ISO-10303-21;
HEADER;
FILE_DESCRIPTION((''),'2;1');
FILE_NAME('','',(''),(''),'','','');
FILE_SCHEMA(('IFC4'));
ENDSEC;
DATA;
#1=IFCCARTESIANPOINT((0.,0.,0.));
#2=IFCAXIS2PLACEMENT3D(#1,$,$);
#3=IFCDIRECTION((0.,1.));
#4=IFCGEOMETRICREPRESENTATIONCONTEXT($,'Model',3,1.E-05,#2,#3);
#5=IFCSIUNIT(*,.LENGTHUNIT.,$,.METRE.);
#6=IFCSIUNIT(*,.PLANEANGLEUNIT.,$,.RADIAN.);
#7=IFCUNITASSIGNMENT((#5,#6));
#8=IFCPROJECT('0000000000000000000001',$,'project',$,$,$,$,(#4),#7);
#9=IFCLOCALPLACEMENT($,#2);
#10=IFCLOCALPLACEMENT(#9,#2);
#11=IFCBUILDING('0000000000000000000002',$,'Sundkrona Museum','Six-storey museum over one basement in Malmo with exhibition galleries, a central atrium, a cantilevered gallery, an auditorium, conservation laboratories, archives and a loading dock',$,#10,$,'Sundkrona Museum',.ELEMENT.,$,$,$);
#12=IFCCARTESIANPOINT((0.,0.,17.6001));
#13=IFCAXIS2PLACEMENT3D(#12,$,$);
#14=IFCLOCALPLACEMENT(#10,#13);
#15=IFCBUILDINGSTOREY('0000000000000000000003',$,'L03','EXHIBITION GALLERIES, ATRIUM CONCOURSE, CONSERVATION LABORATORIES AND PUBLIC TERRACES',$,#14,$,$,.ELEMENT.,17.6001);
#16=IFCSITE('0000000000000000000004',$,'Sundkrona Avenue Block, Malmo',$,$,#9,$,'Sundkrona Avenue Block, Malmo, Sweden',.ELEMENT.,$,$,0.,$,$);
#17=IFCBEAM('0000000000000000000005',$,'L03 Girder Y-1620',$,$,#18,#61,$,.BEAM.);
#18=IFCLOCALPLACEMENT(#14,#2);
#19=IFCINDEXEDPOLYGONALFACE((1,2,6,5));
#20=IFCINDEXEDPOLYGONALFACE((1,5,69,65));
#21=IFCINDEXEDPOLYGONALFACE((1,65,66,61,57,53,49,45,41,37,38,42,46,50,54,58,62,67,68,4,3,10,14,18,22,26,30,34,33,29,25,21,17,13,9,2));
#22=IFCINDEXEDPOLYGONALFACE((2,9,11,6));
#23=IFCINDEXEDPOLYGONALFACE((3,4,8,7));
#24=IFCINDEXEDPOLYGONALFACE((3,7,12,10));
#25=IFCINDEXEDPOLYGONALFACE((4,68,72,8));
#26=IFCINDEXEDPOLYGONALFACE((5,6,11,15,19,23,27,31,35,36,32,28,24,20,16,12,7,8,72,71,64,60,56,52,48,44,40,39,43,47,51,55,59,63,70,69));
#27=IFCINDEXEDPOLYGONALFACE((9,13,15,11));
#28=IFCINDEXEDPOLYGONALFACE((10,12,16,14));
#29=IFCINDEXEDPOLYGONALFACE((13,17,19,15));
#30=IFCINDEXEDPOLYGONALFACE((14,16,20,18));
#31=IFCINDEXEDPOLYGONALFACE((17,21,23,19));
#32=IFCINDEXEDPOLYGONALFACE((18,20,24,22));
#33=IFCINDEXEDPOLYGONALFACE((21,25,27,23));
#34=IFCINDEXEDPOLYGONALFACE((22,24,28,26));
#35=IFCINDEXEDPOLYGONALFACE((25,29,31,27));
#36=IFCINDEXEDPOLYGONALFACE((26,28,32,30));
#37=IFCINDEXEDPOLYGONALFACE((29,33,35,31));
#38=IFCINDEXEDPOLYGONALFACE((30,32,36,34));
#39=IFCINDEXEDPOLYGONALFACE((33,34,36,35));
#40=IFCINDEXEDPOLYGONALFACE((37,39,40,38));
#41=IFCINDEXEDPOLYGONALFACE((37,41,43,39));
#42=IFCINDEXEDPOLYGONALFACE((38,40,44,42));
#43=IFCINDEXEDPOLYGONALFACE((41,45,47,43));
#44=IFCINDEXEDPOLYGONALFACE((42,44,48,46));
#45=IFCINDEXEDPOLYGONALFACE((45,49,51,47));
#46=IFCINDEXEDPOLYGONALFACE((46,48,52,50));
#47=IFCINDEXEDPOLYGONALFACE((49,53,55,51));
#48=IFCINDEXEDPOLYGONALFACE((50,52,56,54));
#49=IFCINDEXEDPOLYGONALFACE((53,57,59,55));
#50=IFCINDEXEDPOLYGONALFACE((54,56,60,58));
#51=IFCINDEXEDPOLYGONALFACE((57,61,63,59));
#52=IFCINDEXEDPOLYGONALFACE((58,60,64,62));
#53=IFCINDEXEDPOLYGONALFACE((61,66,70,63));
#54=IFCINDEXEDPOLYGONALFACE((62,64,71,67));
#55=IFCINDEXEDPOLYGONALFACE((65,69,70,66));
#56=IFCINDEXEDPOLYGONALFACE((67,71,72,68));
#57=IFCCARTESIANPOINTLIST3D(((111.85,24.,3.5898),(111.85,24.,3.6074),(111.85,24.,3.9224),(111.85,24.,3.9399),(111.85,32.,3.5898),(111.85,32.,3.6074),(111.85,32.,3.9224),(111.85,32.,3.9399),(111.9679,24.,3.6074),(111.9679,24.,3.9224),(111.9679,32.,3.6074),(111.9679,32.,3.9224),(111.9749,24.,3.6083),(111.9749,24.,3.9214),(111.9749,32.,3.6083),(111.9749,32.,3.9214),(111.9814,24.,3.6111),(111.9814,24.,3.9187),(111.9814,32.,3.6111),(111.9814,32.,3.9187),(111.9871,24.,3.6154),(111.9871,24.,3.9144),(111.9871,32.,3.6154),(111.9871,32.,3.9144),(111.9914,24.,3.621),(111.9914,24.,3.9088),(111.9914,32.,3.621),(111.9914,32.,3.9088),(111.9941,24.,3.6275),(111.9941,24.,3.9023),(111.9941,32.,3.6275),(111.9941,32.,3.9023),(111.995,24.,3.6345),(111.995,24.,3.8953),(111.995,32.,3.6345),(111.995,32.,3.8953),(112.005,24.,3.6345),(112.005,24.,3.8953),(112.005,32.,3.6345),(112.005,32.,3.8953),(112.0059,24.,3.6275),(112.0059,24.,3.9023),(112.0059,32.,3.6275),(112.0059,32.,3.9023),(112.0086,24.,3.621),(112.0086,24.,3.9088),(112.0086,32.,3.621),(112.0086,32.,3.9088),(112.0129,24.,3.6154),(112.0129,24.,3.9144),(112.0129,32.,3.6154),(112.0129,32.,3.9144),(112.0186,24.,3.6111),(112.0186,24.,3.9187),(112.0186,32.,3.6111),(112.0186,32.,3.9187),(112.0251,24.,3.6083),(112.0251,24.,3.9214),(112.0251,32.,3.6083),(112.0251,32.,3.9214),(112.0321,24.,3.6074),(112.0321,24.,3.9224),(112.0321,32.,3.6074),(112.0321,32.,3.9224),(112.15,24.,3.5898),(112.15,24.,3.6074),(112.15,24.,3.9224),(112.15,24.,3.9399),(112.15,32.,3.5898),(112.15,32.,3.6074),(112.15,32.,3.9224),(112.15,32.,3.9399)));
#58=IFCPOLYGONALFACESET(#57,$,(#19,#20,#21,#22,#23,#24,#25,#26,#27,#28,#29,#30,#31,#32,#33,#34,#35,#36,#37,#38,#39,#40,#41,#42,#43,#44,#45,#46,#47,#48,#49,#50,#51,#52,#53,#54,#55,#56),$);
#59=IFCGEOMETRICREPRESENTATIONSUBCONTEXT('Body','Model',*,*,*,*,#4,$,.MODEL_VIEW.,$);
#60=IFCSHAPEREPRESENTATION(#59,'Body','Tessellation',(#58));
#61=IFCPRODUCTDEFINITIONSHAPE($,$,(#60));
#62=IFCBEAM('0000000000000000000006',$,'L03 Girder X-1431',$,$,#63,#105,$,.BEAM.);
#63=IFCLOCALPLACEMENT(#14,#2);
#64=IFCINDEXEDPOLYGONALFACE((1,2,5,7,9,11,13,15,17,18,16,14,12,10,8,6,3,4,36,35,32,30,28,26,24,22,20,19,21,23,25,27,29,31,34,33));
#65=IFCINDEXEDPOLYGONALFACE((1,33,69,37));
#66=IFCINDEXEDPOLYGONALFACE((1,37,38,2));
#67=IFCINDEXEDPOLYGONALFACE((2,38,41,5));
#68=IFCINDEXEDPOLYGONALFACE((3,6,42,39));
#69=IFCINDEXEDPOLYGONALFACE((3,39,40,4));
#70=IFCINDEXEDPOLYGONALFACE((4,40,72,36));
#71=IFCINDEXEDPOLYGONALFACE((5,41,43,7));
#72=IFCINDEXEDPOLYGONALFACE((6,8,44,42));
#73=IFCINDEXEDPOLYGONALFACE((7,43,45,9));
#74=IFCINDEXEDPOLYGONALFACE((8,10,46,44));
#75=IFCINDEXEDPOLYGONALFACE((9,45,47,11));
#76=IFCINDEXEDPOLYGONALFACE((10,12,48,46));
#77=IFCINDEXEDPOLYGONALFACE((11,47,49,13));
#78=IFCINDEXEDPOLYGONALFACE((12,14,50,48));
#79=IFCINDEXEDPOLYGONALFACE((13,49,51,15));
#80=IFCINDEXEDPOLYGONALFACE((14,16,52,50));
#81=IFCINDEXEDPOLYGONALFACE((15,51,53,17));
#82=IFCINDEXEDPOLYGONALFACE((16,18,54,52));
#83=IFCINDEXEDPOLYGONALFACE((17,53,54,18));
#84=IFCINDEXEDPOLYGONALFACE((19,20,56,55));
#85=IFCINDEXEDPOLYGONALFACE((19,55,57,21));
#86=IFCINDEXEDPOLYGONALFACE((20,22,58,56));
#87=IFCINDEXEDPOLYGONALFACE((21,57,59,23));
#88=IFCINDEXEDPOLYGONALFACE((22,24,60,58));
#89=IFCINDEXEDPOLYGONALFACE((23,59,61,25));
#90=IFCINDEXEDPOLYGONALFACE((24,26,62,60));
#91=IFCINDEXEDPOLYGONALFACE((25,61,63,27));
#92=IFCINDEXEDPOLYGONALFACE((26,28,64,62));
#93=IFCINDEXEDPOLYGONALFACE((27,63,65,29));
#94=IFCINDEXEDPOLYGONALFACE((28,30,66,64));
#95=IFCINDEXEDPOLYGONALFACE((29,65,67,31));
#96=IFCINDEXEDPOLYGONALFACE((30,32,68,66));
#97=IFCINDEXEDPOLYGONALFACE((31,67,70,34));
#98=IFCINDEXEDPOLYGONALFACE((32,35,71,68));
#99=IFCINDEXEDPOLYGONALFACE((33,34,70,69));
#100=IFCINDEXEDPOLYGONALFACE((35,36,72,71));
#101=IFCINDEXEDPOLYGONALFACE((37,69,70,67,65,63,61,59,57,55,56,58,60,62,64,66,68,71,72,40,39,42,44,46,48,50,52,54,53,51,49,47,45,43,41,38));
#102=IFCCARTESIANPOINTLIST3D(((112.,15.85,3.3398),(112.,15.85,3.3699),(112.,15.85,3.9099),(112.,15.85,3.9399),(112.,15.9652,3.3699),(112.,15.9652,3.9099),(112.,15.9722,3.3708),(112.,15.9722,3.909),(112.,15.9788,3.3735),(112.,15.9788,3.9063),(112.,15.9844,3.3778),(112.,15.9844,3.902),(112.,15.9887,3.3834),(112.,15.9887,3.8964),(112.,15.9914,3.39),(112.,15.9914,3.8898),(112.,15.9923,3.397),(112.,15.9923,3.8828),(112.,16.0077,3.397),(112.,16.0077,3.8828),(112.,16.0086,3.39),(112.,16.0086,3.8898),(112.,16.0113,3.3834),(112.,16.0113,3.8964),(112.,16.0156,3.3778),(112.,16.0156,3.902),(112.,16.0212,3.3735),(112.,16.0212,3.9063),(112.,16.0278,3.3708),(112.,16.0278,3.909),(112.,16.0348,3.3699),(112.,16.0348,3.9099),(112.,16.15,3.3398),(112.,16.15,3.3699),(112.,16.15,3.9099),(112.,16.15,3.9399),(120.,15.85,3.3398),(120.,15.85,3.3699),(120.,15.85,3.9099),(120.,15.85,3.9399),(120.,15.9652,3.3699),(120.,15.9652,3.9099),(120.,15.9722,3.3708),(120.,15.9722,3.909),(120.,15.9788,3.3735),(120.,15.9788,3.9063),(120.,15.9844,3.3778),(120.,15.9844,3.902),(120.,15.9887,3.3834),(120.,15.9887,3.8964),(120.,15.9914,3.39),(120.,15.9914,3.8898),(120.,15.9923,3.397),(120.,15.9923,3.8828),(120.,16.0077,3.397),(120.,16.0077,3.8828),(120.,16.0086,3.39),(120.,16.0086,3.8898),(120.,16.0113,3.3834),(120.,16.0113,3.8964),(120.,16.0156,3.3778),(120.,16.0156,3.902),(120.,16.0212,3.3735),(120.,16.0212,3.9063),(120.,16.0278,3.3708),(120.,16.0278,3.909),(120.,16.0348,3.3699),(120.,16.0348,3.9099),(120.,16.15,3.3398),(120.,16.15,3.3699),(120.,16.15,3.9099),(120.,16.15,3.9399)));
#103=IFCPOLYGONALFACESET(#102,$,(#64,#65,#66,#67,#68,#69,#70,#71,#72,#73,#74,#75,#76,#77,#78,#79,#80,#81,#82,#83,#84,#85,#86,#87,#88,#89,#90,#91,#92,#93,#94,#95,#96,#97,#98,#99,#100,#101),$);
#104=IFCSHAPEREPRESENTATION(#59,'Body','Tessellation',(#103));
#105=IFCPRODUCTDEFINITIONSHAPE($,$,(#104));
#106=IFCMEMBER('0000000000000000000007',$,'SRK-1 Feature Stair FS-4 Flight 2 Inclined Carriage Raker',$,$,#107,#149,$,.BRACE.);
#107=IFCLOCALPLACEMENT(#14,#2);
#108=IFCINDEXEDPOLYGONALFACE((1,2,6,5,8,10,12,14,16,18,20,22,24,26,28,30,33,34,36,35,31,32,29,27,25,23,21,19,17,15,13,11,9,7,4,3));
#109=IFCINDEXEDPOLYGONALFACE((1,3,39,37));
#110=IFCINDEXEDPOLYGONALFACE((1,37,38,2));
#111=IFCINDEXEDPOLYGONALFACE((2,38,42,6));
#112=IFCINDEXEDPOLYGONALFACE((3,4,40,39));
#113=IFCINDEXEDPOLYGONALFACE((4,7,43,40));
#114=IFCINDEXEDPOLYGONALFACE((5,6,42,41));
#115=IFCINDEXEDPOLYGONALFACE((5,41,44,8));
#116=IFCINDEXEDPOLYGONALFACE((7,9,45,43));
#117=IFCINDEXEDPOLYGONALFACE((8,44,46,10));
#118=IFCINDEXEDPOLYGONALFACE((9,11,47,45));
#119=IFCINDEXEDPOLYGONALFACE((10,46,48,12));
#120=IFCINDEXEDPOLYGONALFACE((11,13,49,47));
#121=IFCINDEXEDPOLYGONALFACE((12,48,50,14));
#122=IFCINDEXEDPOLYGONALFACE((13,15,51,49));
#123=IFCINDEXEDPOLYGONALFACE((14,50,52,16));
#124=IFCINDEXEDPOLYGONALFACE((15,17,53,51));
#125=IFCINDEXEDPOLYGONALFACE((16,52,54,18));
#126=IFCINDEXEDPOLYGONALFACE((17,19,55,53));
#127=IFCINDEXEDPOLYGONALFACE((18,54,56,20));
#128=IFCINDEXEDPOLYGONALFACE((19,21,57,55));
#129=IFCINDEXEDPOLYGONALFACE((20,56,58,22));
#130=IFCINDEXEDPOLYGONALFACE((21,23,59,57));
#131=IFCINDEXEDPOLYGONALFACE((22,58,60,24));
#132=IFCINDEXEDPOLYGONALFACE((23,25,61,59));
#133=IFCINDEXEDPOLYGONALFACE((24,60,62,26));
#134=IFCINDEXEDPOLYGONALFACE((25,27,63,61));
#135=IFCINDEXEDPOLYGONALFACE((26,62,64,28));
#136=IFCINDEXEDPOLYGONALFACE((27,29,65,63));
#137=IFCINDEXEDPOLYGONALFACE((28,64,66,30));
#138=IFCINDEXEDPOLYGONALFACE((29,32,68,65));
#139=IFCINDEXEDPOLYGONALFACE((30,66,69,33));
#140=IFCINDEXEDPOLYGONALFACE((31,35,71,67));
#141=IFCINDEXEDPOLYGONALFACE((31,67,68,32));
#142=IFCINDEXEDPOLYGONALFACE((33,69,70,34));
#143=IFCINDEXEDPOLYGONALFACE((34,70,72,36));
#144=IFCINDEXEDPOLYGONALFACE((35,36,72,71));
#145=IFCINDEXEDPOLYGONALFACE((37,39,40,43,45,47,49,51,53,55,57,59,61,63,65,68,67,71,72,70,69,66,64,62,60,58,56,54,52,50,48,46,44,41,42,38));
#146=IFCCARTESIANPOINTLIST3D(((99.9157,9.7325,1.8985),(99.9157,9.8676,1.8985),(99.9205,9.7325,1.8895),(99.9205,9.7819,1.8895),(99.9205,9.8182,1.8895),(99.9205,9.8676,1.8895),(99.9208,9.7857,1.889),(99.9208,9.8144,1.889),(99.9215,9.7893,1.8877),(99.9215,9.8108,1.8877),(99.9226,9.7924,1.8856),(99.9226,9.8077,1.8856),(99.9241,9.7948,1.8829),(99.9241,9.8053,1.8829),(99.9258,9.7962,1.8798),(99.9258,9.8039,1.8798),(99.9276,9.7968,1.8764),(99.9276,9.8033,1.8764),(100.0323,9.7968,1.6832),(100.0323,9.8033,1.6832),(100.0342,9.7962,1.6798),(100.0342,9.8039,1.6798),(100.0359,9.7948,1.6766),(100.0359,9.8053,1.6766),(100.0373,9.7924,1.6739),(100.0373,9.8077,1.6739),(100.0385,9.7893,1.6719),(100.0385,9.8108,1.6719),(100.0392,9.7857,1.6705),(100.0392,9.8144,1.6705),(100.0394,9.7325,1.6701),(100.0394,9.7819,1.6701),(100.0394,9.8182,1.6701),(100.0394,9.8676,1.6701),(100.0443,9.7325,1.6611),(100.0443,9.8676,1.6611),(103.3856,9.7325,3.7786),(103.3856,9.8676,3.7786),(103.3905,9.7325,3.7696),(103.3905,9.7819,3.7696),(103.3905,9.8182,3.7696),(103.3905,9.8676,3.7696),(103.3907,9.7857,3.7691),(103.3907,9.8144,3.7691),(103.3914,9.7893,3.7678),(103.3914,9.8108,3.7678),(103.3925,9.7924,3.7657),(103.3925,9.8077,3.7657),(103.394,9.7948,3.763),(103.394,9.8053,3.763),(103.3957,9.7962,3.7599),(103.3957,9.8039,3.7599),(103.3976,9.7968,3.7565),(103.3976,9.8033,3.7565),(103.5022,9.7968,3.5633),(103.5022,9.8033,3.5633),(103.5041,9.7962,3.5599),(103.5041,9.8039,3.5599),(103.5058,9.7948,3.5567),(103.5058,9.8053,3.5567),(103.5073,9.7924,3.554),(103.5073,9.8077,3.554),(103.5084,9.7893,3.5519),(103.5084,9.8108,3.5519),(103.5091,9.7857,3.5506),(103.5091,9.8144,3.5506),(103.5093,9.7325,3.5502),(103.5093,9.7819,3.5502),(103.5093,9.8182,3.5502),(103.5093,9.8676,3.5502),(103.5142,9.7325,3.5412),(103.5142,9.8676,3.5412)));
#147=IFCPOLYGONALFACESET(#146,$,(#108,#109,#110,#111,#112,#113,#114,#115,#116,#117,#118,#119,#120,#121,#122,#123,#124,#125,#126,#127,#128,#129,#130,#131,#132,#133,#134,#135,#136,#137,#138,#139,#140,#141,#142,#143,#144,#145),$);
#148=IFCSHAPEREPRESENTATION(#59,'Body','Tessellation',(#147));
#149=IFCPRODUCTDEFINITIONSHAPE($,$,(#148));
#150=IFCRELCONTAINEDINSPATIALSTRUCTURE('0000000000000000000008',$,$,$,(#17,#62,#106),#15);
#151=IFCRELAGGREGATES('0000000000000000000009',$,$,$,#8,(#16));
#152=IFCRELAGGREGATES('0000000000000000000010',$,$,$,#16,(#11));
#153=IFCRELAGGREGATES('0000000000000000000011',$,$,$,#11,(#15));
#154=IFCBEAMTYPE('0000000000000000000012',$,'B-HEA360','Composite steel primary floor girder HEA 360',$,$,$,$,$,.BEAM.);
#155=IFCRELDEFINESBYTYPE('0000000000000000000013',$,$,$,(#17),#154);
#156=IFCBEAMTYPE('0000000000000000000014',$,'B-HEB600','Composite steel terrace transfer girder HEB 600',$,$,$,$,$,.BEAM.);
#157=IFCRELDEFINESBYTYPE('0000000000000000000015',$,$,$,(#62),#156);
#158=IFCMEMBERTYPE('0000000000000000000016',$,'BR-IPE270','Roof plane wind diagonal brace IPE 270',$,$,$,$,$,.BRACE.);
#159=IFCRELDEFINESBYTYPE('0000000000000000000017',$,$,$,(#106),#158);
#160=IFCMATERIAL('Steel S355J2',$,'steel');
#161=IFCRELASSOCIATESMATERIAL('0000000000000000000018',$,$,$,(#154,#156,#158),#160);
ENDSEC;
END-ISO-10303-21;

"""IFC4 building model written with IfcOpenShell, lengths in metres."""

from ifc_helpers import new_model, si_unit, direction, frame, origin, origin_2d, place, context, subcontext, project, spatial, i_section, extrude, material, material_profile, profile_set, type_object, element, save


model = new_model("IFC4")

# Units and contexts
model_context = context("Model", 3, precision=1e-05, world=origin(), true_north=direction((0.0, 1.0)))
body_context = subcontext(model_context, "Body", "Model", "MODEL_VIEW")
ifc_project = project(units=[si_unit("LENGTHUNIT", "METRE"), si_unit("PLANEANGLEUNIT", "RADIAN")], contexts=[model_context])

# Site, building, storey
site_placement = place(None, origin())
site = spatial("IfcSite", under=ifc_project, at=site_placement, Name="Sundkrona Avenue Block, Malmo", LongName="Sundkrona Avenue Block, Malmo, Sweden", CompositionType="ELEMENT", RefElevation=0.0)
building_placement = place(site_placement, origin())
building = spatial("IfcBuilding", under=site, at=building_placement, Name="Sundkrona Museum", Description="Six-storey museum over one basement in Malmo with exhibition galleries, a central atrium, a cantilevered gallery, an auditorium, conservation laboratories, archives and a loading dock", LongName="Sundkrona Museum", CompositionType="ELEMENT")
storey_placement = place(building_placement, frame((0.0, 0.0, 17.6001)))
storey = spatial("IfcBuildingStorey", under=building, at=storey_placement, Name="L03", Description="EXHIBITION GALLERIES, ATRIUM CONCOURSE, CONSERVATION LABORATORIES AND PUBLIC TERRACES", CompositionType="ELEMENT", Elevation=17.6001)

# Shared definitions
ifc_material_1 = material(Name="Steel S355J2", Category="steel")

# Beams
ifc_material_profile_1 = material_profile(ifc_material_1, i_section(OverallWidth=0.3, OverallDepth=0.3501, WebThickness=0.01, FlangeThickness=0.0176, FilletRadius=0.0271, at=origin_2d()), Name="HEA 360")
ifc_profile_set_1 = profile_set([ifc_material_profile_1], Name="Steel S355J2")
beam_type_1 = type_object("IfcBeamType", Name="B-HEA360", Description="Composite steel primary floor girder HEA 360", PredefinedType="BEAM", material=ifc_profile_set_1)
for number, where, z_axis, x_axis, name in (
    (1, (112.0, 24.0, 3.7649), (0.0, 1.0, 0.0), (-1.0, 0.0, 0.0), "L03 Girder Y-1620"),
):
    element("IfcBeam", number, at=place(storey_placement, frame(where, z_axis=z_axis, x_axis=x_axis)), inside=storey, type_object=beam_type_1, Name=name, PredefinedType="BEAM", context=body_context, shape_type="SweptSolid", body=[
        extrude(i_section(OverallWidth=0.3, OverallDepth=0.3501, WebThickness=0.01, FlangeThickness=0.0176, FilletRadius=0.0271, at=origin_2d()), origin(), (0.0, 0.0, 1.0), 8.0),
    ])
ifc_material_profile_2 = material_profile(ifc_material_1, i_section(OverallWidth=0.3, OverallDepth=0.6001, WebThickness=0.0154, FlangeThickness=0.03, FilletRadius=0.0271, at=origin_2d()), Name="HEB 600")
ifc_profile_set_2 = profile_set([ifc_material_profile_2], Name="Steel S355J2")
beam_type_2 = type_object("IfcBeamType", Name="B-HEB600", Description="Composite steel terrace transfer girder HEB 600", PredefinedType="BEAM", material=ifc_profile_set_2)
beam_1_placement = place(storey_placement, frame((112.0, 16.0, 3.6399), z_axis=(1.0, 0.0, 0.0), x_axis=(0.0, 1.0, 0.0)))
element("IfcBeam", 2, at=beam_1_placement, inside=storey, type_object=beam_type_2, Name="L03 Girder X-1431", PredefinedType="BEAM", context=body_context, shape_type="SweptSolid", body=[
    extrude(i_section(OverallWidth=0.3, OverallDepth=0.6001, WebThickness=0.0154, FlangeThickness=0.03, FilletRadius=0.0271, at=origin_2d()), origin(), (0.0, 0.0, 1.0), 8.0),
])

# Member
ifc_material_profile_3 = material_profile(ifc_material_1, i_section(OverallWidth=0.135, OverallDepth=0.27, WebThickness=0.0066, FlangeThickness=0.0103, FilletRadius=0.0149, at=origin_2d()), Name="IPE 270")
ifc_profile_set_3 = profile_set([ifc_material_profile_3], Name="Steel S355J2")
member_type = type_object("IfcMemberType", Name="BR-IPE270", Description="Roof plane wind diagonal brace IPE 270", PredefinedType="BRACE", material=ifc_profile_set_3)
member_placement = place(storey_placement, frame((99.98, 9.8, 1.7798), z_axis=(0.879233, 0.0, 0.476393), x_axis=(0.0, 1.0, 0.0)))
element("IfcMember", 3, at=member_placement, inside=storey, type_object=member_type, Name="SRK-1 Feature Stair FS-4 Flight 2 Inclined Carriage Raker", PredefinedType="BRACE", context=body_context, shape_type="SweptSolid", body=[
    extrude(i_section(OverallWidth=0.135, OverallDepth=0.27, WebThickness=0.0066, FlangeThickness=0.0103, FilletRadius=0.0149, at=origin_2d()), origin(), (0.0, 0.0, 1.0), 3.9465),
])

save(model, "model.ifc")
